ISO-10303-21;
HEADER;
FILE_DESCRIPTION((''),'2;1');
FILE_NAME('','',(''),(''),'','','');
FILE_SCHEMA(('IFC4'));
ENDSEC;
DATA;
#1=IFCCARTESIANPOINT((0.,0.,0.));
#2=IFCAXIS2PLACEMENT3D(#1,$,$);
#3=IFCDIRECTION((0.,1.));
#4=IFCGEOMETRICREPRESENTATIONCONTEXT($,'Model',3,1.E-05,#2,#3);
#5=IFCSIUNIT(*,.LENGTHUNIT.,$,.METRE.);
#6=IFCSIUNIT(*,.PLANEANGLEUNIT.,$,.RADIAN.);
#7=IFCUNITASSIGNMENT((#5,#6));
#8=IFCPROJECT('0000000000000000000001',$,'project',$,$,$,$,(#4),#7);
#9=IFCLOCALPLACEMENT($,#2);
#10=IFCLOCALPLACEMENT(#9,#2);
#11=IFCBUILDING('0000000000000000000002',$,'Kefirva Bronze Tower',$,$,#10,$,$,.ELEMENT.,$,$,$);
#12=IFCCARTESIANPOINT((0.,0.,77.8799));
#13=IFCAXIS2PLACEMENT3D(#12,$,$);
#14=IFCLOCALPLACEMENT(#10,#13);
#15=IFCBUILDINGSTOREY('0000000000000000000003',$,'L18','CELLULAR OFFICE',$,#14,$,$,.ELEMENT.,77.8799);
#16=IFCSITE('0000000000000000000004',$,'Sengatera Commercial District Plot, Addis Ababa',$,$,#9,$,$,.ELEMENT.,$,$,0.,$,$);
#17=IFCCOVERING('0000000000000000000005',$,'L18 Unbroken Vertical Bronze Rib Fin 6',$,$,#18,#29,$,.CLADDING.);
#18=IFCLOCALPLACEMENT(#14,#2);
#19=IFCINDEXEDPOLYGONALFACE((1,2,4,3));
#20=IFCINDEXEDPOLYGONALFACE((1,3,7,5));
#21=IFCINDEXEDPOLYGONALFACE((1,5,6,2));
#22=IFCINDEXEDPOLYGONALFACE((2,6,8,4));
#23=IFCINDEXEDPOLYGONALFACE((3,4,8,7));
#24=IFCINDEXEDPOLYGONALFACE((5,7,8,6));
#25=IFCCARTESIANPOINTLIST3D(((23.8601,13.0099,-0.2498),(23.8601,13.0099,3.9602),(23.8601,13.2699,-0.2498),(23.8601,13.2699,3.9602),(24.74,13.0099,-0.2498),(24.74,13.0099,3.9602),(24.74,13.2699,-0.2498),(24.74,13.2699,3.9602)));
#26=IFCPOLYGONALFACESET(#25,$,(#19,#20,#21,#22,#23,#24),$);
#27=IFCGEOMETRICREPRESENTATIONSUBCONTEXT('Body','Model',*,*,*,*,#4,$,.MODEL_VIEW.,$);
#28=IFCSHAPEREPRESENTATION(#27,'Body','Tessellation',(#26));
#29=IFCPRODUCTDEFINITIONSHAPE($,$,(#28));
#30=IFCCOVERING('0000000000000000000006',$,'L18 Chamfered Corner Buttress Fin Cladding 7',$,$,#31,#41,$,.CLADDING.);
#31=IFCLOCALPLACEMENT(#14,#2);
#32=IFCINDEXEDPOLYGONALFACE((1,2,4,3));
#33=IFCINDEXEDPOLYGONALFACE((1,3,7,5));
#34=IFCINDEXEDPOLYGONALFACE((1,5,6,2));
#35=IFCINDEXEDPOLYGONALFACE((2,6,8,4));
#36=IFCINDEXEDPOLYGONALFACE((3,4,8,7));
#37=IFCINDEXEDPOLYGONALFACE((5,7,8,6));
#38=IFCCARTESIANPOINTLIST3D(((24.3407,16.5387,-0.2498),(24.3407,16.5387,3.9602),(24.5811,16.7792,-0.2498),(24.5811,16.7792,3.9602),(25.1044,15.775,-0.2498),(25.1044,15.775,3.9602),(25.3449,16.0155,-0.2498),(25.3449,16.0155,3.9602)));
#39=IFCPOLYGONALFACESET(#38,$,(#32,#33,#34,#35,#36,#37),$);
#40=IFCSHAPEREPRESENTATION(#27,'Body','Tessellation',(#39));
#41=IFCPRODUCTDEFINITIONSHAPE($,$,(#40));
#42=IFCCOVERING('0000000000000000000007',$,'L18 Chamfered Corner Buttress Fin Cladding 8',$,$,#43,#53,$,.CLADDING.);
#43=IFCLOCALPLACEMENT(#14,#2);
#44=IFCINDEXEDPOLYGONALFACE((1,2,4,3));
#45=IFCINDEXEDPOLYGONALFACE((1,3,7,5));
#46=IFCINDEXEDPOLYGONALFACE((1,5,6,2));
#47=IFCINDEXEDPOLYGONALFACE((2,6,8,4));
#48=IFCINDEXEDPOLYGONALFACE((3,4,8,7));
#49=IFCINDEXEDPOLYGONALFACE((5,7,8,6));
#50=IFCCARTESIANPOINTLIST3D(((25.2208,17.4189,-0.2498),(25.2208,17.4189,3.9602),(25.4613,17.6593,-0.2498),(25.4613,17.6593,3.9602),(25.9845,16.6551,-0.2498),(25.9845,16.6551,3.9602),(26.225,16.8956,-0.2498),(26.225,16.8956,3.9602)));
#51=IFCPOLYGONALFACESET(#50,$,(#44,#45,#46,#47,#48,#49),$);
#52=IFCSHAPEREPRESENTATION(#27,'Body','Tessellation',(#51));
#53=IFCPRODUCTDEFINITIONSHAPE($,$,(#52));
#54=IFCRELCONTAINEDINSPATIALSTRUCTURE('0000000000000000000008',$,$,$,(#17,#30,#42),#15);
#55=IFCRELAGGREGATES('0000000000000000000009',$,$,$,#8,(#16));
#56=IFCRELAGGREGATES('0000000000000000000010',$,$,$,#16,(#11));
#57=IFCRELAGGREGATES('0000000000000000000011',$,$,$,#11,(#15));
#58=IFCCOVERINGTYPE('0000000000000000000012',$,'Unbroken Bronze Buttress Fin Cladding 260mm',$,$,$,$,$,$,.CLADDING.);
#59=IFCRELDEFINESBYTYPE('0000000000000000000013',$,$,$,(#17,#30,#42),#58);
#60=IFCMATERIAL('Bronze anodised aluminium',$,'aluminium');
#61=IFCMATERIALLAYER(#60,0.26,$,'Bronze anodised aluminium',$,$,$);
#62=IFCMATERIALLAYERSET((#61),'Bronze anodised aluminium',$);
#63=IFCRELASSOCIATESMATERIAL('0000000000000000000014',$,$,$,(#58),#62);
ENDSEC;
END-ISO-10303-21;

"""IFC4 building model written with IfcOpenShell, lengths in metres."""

from ifc_helpers import new_model, si_unit, direction, frame, origin, origin_2d, place, context, subcontext, project, spatial, rectangle, extrude, material, layer, layer_set, type_object, element, save


model = new_model("IFC4")

# Units and contexts
model_context = context("Model", 3, precision=1e-05, world=origin(), true_north=direction((0.0, 1.0)))
body_context = subcontext(model_context, "Body", "Model", "MODEL_VIEW")
ifc_project = project(units=[si_unit("LENGTHUNIT", "METRE"), si_unit("PLANEANGLEUNIT", "RADIAN")], contexts=[model_context])

# Site, building, storey
site_placement = place(None, origin())
site = spatial("IfcSite", under=ifc_project, at=site_placement, Name="Sengatera Commercial District Plot, Addis Ababa", CompositionType="ELEMENT", RefElevation=0.0)
building_placement = place(site_placement, origin())
building = spatial("IfcBuilding", under=site, at=building_placement, Name="Kefirva Bronze Tower", CompositionType="ELEMENT")
storey_placement = place(building_placement, frame((0.0, 0.0, 77.8799)))
storey = spatial("IfcBuildingStorey", under=building, at=storey_placement, Name="L18", Description="CELLULAR OFFICE", CompositionType="ELEMENT", Elevation=77.8799)

# Shared definitions
ifc_material_1 = material(Name="Bronze anodised aluminium", Category="aluminium")

# Coverings
ifc_layer_1 = layer(ifc_material_1, 0.26, Name="Bronze anodised aluminium")
ifc_layer_set_1 = layer_set([ifc_layer_1], Name="Bronze anodised aluminium")
covering_type_1 = type_object("IfcCoveringType", Name="Unbroken Bronze Buttress Fin Cladding 260mm", PredefinedType="CLADDING", material=ifc_layer_set_1)
covering_1_placement = place(storey_placement, frame((24.3, 13.1399, -0.2498), z_axis=(0.0, 0.0, 1.0), x_axis=(0.0, 1.0, 0.0)))
element("IfcCovering", 1, at=covering_1_placement, inside=storey, type_object=covering_type_1, Name="L18 Unbroken Vertical Bronze Rib Fin 6", PredefinedType="CLADDING", context=body_context, shape_type="SweptSolid", body=[
    extrude(rectangle(XDim=0.26, YDim=0.8799, at=origin_2d()), origin(), (0.0, 0.0, 1.0), 4.21),
])
for number, where, z_axis, x_axis, name in (
    (2, (24.8428, 16.2771, -0.2498), (0.0, 0.0, 1.0), (0.707107, 0.707107, 0.0), "L18 Chamfered Corner Buttress Fin Cladding 7"),
    (3, (25.7229, 17.1572, -0.2498), (0.0, 0.0, 1.0), (0.707107, 0.707107, 0.0), "L18 Chamfered Corner Buttress Fin Cladding 8"),
):
    element("IfcCovering", number, at=place(storey_placement, frame(where, z_axis=z_axis, x_axis=x_axis)), inside=storey, type_object=covering_type_1, Name=name, PredefinedType="CLADDING", context=body_context, shape_type="SweptSolid", body=[
        extrude(rectangle(XDim=0.3401, YDim=1.0801, at=origin_2d()), origin(), (0.0, 0.0, 1.0), 4.21),
    ])

save(model, "model.ifc")
